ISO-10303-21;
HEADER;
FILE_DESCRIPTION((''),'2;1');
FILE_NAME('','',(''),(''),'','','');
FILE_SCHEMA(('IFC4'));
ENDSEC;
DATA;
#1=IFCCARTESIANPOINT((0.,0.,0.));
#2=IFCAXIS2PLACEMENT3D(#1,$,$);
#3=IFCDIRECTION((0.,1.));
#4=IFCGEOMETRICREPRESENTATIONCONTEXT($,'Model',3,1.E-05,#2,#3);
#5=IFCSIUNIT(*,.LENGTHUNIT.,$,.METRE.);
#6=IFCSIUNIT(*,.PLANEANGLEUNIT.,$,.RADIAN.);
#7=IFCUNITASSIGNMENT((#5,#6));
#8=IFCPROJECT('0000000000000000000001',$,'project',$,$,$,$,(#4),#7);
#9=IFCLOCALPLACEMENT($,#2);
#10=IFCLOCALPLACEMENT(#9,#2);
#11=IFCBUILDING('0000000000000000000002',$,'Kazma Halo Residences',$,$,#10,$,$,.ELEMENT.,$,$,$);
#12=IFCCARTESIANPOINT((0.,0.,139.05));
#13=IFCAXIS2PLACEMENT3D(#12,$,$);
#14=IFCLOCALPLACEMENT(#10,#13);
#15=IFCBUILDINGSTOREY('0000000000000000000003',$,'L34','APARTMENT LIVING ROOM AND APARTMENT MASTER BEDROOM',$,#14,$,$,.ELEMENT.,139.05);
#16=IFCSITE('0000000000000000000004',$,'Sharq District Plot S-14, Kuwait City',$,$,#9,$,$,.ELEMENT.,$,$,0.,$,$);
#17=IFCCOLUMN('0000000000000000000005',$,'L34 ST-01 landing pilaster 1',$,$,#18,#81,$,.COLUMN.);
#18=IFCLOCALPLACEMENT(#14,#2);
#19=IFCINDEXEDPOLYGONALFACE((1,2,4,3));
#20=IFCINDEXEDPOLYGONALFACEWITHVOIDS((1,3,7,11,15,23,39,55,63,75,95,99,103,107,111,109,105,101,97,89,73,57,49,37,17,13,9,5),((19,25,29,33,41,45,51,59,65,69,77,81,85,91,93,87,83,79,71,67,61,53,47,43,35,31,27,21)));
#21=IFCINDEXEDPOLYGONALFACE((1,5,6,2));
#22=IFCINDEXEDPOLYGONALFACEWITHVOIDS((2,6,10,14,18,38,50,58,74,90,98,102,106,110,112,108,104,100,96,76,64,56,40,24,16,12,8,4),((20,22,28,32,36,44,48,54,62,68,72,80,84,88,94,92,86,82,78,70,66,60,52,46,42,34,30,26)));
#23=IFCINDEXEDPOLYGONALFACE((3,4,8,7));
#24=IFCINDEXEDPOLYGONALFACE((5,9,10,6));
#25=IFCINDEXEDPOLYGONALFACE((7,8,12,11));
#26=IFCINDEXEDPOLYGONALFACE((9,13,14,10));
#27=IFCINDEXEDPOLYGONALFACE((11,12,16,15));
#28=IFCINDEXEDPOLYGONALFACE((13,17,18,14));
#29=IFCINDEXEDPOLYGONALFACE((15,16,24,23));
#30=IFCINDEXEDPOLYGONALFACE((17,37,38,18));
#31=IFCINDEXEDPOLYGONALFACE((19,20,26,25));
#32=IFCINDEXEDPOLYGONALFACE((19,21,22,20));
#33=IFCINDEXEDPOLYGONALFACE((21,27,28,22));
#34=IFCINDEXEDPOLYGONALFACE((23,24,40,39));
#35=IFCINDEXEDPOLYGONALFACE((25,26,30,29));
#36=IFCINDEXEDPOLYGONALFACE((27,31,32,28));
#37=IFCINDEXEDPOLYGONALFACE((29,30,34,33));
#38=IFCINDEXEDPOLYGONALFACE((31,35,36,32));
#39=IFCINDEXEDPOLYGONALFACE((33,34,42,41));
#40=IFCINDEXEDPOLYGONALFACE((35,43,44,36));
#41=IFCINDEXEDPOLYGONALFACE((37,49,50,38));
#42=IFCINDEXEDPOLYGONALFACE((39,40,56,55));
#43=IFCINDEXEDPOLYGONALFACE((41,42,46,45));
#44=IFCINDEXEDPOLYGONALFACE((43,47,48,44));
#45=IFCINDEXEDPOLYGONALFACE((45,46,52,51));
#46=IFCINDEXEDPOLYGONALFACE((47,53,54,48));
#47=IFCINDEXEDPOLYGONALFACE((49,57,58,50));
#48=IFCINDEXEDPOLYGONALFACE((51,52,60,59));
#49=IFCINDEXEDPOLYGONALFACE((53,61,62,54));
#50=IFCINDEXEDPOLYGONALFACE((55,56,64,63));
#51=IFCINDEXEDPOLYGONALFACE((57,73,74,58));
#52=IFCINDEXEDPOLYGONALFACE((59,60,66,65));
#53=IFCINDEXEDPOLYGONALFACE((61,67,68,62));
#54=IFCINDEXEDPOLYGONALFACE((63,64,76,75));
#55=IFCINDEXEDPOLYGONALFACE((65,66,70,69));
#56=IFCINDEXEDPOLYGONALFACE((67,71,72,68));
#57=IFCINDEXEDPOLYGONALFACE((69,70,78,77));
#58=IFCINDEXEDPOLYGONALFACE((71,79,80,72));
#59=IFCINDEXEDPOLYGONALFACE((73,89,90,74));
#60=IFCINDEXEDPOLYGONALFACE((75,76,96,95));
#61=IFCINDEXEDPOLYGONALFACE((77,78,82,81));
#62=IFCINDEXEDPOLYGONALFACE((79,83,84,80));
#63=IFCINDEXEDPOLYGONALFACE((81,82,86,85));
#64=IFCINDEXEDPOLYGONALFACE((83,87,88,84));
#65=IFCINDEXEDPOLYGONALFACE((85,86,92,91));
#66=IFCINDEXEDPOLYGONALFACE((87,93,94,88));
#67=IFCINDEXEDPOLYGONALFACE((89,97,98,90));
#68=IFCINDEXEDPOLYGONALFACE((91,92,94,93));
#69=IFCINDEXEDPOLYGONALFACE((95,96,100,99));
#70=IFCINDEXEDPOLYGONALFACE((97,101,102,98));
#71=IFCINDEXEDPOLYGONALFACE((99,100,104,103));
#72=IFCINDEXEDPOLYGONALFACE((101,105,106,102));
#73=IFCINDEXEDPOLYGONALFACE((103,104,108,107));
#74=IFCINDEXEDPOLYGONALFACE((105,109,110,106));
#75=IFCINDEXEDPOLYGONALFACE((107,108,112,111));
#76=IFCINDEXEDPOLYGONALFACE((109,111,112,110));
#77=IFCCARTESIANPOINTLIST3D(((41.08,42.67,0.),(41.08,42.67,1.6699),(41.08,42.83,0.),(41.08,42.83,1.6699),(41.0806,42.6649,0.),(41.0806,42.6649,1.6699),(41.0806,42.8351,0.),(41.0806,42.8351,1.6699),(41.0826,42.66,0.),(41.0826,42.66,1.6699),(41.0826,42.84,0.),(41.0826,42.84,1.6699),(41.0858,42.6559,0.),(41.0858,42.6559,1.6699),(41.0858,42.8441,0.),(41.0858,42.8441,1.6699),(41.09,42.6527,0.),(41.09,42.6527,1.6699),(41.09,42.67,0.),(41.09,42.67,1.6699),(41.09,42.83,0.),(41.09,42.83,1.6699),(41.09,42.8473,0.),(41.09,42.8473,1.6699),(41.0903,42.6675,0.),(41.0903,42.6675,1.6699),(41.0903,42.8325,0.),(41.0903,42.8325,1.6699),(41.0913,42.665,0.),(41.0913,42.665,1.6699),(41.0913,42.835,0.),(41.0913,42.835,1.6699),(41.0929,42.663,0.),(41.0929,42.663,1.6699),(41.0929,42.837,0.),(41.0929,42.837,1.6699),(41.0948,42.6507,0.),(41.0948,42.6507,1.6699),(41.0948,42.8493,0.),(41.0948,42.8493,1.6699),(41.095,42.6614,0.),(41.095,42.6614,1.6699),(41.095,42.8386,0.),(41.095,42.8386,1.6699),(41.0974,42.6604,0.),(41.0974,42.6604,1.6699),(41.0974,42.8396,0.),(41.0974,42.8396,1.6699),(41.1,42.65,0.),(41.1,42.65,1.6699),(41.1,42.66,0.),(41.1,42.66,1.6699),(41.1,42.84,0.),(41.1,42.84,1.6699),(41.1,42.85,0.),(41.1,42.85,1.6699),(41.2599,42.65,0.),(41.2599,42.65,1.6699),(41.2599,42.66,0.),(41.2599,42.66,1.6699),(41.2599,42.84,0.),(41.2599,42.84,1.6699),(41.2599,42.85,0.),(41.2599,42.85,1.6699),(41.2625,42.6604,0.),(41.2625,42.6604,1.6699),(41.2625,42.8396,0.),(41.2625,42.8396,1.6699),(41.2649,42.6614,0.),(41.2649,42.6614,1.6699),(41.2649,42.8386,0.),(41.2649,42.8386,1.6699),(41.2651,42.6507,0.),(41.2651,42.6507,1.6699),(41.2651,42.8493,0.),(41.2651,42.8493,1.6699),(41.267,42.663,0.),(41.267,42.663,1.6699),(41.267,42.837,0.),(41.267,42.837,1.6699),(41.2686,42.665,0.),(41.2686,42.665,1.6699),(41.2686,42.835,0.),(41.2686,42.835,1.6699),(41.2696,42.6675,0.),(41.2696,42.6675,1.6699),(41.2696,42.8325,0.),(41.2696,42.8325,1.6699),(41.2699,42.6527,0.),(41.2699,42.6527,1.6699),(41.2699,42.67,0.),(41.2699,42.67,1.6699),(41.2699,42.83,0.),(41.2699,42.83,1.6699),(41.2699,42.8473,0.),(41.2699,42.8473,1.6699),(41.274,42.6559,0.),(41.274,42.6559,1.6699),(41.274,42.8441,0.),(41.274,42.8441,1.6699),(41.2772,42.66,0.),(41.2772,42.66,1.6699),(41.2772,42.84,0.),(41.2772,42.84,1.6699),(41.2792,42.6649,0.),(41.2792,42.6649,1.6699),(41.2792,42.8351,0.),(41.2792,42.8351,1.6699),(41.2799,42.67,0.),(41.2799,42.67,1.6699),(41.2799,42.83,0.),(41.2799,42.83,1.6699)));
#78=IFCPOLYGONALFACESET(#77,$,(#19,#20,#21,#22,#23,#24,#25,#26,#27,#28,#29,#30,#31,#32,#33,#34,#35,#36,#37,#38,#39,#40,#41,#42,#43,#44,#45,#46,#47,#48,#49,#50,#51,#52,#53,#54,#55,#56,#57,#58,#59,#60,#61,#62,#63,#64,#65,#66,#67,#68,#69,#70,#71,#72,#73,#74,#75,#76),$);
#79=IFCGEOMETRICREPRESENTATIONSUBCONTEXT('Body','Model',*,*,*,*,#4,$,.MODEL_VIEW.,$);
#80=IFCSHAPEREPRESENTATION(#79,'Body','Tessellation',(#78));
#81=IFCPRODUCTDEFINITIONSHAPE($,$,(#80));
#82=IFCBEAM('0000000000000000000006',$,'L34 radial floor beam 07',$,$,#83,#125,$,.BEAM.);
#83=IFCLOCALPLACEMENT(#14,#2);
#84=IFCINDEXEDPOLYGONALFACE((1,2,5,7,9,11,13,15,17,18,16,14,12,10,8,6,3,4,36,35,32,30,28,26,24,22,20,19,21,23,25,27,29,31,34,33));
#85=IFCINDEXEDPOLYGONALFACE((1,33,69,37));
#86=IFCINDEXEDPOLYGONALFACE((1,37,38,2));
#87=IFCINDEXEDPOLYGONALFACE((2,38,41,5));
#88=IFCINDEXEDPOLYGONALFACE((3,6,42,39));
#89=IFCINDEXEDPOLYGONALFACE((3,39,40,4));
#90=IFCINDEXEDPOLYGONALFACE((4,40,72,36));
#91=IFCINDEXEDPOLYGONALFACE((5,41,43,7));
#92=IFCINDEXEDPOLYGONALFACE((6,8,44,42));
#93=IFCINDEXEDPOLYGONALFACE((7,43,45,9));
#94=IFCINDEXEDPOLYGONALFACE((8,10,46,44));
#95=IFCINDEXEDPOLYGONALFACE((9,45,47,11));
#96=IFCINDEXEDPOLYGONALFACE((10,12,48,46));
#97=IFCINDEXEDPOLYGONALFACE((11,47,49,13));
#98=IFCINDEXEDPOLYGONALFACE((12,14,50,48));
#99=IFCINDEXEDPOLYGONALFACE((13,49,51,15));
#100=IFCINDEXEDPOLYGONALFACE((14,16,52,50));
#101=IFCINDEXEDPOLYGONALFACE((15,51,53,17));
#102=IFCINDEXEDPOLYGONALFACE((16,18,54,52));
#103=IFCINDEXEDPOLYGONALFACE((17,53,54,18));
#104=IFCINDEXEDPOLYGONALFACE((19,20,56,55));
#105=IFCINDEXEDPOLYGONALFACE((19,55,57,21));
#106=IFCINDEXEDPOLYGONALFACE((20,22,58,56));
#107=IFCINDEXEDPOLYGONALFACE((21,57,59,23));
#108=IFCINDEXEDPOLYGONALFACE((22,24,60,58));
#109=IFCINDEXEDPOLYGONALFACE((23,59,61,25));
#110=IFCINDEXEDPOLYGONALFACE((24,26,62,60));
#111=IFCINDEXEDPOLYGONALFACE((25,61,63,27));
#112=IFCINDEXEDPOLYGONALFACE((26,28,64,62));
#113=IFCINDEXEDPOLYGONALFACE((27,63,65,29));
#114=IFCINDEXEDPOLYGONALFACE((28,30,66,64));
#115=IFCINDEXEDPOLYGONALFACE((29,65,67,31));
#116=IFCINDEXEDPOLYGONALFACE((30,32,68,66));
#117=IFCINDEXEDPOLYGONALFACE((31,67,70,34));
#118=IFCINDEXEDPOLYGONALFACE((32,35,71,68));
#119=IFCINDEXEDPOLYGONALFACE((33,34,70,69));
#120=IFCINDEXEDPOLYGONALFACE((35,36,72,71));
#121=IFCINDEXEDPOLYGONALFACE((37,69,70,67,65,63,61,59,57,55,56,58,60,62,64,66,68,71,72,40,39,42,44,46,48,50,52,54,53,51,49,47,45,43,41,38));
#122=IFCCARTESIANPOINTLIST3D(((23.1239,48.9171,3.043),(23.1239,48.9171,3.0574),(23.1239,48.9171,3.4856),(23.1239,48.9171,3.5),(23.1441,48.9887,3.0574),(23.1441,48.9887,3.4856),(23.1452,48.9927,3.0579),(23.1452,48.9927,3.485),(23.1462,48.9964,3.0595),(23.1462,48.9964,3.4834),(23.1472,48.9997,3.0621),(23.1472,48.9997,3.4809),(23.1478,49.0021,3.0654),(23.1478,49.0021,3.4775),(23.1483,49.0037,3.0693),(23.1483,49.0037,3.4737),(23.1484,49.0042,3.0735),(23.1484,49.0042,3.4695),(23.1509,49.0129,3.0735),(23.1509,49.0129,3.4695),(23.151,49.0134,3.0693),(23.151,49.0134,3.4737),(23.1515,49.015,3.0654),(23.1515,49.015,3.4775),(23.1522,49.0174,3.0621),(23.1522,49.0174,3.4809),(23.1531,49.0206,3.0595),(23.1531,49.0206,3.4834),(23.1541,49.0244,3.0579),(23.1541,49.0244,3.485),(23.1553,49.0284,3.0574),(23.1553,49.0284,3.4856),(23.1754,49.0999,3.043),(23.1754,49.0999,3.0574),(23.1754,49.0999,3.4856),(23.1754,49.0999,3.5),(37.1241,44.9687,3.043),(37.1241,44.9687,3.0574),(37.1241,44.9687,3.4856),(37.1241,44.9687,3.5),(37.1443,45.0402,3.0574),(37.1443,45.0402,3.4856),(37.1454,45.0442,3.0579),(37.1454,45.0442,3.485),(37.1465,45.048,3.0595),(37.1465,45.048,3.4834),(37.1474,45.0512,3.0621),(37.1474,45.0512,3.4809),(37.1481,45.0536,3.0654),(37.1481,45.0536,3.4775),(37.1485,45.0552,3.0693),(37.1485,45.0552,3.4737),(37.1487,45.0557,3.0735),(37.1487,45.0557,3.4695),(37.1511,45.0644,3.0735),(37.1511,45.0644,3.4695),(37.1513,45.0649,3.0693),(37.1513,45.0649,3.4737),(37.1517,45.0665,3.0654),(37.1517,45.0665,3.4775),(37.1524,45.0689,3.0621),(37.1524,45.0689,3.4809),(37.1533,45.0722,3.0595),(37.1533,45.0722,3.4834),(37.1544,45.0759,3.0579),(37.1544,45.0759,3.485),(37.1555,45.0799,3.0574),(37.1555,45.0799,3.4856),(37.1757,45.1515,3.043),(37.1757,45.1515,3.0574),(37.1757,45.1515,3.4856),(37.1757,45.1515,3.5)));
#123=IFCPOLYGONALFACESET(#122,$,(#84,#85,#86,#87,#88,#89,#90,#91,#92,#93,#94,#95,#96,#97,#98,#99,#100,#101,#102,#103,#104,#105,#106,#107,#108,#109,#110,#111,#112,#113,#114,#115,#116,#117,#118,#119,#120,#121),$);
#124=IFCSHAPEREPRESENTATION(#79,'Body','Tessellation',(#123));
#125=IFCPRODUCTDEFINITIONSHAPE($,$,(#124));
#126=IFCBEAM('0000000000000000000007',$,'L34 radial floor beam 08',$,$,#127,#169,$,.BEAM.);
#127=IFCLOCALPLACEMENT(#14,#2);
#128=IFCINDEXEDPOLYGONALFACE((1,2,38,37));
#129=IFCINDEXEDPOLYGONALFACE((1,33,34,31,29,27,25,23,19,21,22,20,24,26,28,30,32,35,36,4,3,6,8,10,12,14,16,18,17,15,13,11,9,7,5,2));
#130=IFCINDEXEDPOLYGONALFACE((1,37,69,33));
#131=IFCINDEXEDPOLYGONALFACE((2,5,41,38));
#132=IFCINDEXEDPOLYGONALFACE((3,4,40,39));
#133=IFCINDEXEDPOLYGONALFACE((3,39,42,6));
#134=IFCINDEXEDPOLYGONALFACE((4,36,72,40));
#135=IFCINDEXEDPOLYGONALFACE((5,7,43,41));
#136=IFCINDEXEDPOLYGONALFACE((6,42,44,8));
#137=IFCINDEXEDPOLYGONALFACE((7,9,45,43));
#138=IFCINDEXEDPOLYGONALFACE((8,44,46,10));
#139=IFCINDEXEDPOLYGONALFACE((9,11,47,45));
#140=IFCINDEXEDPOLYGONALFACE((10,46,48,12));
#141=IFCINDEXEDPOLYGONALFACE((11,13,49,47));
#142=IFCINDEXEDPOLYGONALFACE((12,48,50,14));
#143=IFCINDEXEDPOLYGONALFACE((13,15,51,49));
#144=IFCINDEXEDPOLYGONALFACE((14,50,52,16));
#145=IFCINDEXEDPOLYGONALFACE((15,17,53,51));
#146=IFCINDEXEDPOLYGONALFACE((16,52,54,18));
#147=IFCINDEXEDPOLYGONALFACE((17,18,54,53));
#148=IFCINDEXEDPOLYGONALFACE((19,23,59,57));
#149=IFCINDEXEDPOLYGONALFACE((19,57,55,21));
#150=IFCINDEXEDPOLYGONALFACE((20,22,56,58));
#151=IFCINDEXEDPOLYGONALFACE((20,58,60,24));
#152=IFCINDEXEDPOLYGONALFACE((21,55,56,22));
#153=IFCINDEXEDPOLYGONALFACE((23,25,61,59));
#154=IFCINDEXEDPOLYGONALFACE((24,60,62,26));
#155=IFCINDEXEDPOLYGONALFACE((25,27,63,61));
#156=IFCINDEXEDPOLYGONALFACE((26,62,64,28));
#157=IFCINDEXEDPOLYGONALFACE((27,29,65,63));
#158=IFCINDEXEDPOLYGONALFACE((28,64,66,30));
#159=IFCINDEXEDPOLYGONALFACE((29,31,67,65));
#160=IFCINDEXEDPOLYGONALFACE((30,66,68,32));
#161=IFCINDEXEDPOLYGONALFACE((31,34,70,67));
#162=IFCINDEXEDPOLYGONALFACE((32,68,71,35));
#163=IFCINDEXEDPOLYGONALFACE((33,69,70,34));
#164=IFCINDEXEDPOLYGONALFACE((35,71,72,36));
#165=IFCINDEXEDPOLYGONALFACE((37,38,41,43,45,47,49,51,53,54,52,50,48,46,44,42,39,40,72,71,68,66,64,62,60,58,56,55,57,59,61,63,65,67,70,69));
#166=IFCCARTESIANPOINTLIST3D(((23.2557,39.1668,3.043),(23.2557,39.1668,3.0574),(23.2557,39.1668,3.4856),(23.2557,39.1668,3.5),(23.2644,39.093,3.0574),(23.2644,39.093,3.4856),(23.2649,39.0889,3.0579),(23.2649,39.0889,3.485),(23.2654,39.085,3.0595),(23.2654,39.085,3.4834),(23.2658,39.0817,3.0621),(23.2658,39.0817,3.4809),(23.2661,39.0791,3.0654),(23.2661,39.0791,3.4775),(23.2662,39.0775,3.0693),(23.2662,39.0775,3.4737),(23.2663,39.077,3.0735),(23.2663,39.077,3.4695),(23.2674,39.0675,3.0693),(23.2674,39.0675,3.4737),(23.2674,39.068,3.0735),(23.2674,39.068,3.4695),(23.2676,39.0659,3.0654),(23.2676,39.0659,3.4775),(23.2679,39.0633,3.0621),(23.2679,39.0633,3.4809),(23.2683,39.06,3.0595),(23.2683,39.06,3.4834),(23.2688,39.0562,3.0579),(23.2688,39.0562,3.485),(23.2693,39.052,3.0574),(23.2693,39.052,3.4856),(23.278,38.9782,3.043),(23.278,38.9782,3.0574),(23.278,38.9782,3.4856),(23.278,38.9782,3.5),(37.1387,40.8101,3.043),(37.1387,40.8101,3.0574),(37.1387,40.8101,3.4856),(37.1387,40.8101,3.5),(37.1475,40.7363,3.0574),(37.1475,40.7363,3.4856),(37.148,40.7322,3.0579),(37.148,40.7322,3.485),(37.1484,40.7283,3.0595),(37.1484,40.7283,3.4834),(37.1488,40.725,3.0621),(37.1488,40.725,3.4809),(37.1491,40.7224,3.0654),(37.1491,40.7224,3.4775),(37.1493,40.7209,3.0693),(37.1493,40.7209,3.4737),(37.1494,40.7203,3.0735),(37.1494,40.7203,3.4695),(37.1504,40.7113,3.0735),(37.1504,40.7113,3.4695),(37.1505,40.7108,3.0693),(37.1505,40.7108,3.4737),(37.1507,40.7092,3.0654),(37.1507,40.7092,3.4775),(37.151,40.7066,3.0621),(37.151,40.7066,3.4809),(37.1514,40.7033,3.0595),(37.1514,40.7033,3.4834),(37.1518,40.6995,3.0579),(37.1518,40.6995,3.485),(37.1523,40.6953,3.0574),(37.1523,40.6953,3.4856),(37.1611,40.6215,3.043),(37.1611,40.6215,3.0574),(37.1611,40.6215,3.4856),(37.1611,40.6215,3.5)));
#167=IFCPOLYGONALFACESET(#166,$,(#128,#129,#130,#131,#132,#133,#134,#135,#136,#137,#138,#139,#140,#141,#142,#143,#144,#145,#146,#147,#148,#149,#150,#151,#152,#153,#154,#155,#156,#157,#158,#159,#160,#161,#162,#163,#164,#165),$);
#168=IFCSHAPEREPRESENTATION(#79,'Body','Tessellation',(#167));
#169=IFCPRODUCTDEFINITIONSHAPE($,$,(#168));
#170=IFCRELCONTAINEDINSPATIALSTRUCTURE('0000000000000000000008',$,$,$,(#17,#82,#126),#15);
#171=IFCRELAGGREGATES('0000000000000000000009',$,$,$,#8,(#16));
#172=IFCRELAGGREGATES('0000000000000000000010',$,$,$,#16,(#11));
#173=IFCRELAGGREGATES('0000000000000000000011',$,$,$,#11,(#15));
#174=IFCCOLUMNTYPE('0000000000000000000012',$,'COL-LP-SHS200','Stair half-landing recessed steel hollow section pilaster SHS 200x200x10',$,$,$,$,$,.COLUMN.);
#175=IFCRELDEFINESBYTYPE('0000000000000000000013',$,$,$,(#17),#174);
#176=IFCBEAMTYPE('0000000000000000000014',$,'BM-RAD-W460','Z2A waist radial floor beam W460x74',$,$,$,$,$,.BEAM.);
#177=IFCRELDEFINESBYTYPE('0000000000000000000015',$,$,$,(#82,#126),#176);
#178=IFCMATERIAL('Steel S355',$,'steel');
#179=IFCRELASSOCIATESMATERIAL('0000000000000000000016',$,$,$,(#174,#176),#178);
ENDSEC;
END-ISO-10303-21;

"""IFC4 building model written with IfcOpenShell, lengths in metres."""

from ifc_helpers import new_model, si_unit, direction, frame, origin, origin_2d, place, context, subcontext, project, spatial, hollow_rectangle, i_section, extrude, material, material_profile, profile_set, type_object, element, save


model = new_model("IFC4")

# Units and contexts
model_context = context("Model", 3, precision=1e-05, world=origin(), true_north=direction((0.0, 1.0)))
body_context = subcontext(model_context, "Body", "Model", "MODEL_VIEW")
ifc_project = project(units=[si_unit("LENGTHUNIT", "METRE"), si_unit("PLANEANGLEUNIT", "RADIAN")], contexts=[model_context])

# Site, building, storey
site_placement = place(None, origin())
site = spatial("IfcSite", under=ifc_project, at=site_placement, Name="Sharq District Plot S-14, Kuwait City", CompositionType="ELEMENT", RefElevation=0.0)
building_placement = place(site_placement, origin())
building = spatial("IfcBuilding", under=site, at=building_placement, Name="Kazma Halo Residences", CompositionType="ELEMENT")
storey_placement = place(building_placement, frame((0.0, 0.0, 139.05)))
storey = spatial("IfcBuildingStorey", under=building, at=storey_placement, Name="L34", Description="APARTMENT LIVING ROOM AND APARTMENT MASTER BEDROOM", CompositionType="ELEMENT", Elevation=139.05)

# Column
ifc_material_1 = material(Name="Steel S355", Category="steel")
ifc_material_profile_1 = material_profile(ifc_material_1, hollow_rectangle(XDim=0.2, YDim=0.2, WallThickness=0.01, InnerFilletRadius=0.01, OuterFilletRadius=0.02, at=origin_2d()), Name="SHS200x200x10")
ifc_profile_set_1 = profile_set([ifc_material_profile_1], Name="Steel S355")
column_type = type_object("IfcColumnType", Name="COL-LP-SHS200", Description="Stair half-landing recessed steel hollow section pilaster SHS 200x200x10", PredefinedType="COLUMN", material=ifc_profile_set_1)
column_placement = place(storey_placement, frame((41.1799, 42.75, 0.0), z_axis=(0.0, 0.0, 1.0), x_axis=(1.0, 0.0, 0.0)))
element("IfcColumn", 1, at=column_placement, inside=storey, type_object=column_type, Name="L34 ST-01 landing pilaster 1", PredefinedType="COLUMN", context=body_context, shape_type="SweptSolid", body=[
    extrude(hollow_rectangle(XDim=0.2, YDim=0.2, WallThickness=0.01, InnerFilletRadius=0.01, OuterFilletRadius=0.02, at=origin_2d()), origin(), (0.0, 0.0, 1.0), 1.6699),
])

# Beams
ifc_material_profile_2 = material_profile(ifc_material_1, i_section(OverallWidth=0.1899, OverallDepth=0.457, WebThickness=0.009, FlangeThickness=0.0144, FilletRadius=0.0161, at=origin_2d()), Name="W460x74")
ifc_profile_set_2 = profile_set([ifc_material_profile_2], Name="Steel S355")
beam_type_1 = type_object("IfcBeamType", Name="BM-RAD-W460", Description="Z2A waist radial floor beam W460x74", PredefinedType="BEAM", material=ifc_profile_set_2)
beam_1_placement = place(storey_placement, frame((37.1499, 45.0601, 3.2715), z_axis=(-0.962455, 0.271441, 0.0), x_axis=(-0.271441, -0.962455, 0.0)))
element("IfcBeam", 2, at=beam_1_placement, inside=storey, type_object=beam_type_1, Name="L34 radial floor beam 07", PredefinedType="BEAM", context=body_context, shape_type="SweptSolid", body=[
    extrude(i_section(OverallWidth=0.1899, OverallDepth=0.457, WebThickness=0.009, FlangeThickness=0.0144, FilletRadius=0.0161, at=origin_2d()), origin(), (0.0, 0.0, 1.0), 14.5464),
])
beam_2_placement = place(storey_placement, frame((37.1499, 40.7158, 3.2715), z_axis=(-0.993067, -0.117547, 0.0), x_axis=(0.117547, -0.993067, 0.0)))
element("IfcBeam", 3, at=beam_2_placement, inside=storey, type_object=beam_type_1, Name="L34 radial floor beam 08", PredefinedType="BEAM", context=body_context, shape_type="SweptSolid", body=[
    extrude(i_section(OverallWidth=0.1899, OverallDepth=0.457, WebThickness=0.009, FlangeThickness=0.0144, FilletRadius=0.0161, at=origin_2d()), origin(), (0.0, 0.0, 1.0), 13.98),
])

save(model, "model.ifc")
